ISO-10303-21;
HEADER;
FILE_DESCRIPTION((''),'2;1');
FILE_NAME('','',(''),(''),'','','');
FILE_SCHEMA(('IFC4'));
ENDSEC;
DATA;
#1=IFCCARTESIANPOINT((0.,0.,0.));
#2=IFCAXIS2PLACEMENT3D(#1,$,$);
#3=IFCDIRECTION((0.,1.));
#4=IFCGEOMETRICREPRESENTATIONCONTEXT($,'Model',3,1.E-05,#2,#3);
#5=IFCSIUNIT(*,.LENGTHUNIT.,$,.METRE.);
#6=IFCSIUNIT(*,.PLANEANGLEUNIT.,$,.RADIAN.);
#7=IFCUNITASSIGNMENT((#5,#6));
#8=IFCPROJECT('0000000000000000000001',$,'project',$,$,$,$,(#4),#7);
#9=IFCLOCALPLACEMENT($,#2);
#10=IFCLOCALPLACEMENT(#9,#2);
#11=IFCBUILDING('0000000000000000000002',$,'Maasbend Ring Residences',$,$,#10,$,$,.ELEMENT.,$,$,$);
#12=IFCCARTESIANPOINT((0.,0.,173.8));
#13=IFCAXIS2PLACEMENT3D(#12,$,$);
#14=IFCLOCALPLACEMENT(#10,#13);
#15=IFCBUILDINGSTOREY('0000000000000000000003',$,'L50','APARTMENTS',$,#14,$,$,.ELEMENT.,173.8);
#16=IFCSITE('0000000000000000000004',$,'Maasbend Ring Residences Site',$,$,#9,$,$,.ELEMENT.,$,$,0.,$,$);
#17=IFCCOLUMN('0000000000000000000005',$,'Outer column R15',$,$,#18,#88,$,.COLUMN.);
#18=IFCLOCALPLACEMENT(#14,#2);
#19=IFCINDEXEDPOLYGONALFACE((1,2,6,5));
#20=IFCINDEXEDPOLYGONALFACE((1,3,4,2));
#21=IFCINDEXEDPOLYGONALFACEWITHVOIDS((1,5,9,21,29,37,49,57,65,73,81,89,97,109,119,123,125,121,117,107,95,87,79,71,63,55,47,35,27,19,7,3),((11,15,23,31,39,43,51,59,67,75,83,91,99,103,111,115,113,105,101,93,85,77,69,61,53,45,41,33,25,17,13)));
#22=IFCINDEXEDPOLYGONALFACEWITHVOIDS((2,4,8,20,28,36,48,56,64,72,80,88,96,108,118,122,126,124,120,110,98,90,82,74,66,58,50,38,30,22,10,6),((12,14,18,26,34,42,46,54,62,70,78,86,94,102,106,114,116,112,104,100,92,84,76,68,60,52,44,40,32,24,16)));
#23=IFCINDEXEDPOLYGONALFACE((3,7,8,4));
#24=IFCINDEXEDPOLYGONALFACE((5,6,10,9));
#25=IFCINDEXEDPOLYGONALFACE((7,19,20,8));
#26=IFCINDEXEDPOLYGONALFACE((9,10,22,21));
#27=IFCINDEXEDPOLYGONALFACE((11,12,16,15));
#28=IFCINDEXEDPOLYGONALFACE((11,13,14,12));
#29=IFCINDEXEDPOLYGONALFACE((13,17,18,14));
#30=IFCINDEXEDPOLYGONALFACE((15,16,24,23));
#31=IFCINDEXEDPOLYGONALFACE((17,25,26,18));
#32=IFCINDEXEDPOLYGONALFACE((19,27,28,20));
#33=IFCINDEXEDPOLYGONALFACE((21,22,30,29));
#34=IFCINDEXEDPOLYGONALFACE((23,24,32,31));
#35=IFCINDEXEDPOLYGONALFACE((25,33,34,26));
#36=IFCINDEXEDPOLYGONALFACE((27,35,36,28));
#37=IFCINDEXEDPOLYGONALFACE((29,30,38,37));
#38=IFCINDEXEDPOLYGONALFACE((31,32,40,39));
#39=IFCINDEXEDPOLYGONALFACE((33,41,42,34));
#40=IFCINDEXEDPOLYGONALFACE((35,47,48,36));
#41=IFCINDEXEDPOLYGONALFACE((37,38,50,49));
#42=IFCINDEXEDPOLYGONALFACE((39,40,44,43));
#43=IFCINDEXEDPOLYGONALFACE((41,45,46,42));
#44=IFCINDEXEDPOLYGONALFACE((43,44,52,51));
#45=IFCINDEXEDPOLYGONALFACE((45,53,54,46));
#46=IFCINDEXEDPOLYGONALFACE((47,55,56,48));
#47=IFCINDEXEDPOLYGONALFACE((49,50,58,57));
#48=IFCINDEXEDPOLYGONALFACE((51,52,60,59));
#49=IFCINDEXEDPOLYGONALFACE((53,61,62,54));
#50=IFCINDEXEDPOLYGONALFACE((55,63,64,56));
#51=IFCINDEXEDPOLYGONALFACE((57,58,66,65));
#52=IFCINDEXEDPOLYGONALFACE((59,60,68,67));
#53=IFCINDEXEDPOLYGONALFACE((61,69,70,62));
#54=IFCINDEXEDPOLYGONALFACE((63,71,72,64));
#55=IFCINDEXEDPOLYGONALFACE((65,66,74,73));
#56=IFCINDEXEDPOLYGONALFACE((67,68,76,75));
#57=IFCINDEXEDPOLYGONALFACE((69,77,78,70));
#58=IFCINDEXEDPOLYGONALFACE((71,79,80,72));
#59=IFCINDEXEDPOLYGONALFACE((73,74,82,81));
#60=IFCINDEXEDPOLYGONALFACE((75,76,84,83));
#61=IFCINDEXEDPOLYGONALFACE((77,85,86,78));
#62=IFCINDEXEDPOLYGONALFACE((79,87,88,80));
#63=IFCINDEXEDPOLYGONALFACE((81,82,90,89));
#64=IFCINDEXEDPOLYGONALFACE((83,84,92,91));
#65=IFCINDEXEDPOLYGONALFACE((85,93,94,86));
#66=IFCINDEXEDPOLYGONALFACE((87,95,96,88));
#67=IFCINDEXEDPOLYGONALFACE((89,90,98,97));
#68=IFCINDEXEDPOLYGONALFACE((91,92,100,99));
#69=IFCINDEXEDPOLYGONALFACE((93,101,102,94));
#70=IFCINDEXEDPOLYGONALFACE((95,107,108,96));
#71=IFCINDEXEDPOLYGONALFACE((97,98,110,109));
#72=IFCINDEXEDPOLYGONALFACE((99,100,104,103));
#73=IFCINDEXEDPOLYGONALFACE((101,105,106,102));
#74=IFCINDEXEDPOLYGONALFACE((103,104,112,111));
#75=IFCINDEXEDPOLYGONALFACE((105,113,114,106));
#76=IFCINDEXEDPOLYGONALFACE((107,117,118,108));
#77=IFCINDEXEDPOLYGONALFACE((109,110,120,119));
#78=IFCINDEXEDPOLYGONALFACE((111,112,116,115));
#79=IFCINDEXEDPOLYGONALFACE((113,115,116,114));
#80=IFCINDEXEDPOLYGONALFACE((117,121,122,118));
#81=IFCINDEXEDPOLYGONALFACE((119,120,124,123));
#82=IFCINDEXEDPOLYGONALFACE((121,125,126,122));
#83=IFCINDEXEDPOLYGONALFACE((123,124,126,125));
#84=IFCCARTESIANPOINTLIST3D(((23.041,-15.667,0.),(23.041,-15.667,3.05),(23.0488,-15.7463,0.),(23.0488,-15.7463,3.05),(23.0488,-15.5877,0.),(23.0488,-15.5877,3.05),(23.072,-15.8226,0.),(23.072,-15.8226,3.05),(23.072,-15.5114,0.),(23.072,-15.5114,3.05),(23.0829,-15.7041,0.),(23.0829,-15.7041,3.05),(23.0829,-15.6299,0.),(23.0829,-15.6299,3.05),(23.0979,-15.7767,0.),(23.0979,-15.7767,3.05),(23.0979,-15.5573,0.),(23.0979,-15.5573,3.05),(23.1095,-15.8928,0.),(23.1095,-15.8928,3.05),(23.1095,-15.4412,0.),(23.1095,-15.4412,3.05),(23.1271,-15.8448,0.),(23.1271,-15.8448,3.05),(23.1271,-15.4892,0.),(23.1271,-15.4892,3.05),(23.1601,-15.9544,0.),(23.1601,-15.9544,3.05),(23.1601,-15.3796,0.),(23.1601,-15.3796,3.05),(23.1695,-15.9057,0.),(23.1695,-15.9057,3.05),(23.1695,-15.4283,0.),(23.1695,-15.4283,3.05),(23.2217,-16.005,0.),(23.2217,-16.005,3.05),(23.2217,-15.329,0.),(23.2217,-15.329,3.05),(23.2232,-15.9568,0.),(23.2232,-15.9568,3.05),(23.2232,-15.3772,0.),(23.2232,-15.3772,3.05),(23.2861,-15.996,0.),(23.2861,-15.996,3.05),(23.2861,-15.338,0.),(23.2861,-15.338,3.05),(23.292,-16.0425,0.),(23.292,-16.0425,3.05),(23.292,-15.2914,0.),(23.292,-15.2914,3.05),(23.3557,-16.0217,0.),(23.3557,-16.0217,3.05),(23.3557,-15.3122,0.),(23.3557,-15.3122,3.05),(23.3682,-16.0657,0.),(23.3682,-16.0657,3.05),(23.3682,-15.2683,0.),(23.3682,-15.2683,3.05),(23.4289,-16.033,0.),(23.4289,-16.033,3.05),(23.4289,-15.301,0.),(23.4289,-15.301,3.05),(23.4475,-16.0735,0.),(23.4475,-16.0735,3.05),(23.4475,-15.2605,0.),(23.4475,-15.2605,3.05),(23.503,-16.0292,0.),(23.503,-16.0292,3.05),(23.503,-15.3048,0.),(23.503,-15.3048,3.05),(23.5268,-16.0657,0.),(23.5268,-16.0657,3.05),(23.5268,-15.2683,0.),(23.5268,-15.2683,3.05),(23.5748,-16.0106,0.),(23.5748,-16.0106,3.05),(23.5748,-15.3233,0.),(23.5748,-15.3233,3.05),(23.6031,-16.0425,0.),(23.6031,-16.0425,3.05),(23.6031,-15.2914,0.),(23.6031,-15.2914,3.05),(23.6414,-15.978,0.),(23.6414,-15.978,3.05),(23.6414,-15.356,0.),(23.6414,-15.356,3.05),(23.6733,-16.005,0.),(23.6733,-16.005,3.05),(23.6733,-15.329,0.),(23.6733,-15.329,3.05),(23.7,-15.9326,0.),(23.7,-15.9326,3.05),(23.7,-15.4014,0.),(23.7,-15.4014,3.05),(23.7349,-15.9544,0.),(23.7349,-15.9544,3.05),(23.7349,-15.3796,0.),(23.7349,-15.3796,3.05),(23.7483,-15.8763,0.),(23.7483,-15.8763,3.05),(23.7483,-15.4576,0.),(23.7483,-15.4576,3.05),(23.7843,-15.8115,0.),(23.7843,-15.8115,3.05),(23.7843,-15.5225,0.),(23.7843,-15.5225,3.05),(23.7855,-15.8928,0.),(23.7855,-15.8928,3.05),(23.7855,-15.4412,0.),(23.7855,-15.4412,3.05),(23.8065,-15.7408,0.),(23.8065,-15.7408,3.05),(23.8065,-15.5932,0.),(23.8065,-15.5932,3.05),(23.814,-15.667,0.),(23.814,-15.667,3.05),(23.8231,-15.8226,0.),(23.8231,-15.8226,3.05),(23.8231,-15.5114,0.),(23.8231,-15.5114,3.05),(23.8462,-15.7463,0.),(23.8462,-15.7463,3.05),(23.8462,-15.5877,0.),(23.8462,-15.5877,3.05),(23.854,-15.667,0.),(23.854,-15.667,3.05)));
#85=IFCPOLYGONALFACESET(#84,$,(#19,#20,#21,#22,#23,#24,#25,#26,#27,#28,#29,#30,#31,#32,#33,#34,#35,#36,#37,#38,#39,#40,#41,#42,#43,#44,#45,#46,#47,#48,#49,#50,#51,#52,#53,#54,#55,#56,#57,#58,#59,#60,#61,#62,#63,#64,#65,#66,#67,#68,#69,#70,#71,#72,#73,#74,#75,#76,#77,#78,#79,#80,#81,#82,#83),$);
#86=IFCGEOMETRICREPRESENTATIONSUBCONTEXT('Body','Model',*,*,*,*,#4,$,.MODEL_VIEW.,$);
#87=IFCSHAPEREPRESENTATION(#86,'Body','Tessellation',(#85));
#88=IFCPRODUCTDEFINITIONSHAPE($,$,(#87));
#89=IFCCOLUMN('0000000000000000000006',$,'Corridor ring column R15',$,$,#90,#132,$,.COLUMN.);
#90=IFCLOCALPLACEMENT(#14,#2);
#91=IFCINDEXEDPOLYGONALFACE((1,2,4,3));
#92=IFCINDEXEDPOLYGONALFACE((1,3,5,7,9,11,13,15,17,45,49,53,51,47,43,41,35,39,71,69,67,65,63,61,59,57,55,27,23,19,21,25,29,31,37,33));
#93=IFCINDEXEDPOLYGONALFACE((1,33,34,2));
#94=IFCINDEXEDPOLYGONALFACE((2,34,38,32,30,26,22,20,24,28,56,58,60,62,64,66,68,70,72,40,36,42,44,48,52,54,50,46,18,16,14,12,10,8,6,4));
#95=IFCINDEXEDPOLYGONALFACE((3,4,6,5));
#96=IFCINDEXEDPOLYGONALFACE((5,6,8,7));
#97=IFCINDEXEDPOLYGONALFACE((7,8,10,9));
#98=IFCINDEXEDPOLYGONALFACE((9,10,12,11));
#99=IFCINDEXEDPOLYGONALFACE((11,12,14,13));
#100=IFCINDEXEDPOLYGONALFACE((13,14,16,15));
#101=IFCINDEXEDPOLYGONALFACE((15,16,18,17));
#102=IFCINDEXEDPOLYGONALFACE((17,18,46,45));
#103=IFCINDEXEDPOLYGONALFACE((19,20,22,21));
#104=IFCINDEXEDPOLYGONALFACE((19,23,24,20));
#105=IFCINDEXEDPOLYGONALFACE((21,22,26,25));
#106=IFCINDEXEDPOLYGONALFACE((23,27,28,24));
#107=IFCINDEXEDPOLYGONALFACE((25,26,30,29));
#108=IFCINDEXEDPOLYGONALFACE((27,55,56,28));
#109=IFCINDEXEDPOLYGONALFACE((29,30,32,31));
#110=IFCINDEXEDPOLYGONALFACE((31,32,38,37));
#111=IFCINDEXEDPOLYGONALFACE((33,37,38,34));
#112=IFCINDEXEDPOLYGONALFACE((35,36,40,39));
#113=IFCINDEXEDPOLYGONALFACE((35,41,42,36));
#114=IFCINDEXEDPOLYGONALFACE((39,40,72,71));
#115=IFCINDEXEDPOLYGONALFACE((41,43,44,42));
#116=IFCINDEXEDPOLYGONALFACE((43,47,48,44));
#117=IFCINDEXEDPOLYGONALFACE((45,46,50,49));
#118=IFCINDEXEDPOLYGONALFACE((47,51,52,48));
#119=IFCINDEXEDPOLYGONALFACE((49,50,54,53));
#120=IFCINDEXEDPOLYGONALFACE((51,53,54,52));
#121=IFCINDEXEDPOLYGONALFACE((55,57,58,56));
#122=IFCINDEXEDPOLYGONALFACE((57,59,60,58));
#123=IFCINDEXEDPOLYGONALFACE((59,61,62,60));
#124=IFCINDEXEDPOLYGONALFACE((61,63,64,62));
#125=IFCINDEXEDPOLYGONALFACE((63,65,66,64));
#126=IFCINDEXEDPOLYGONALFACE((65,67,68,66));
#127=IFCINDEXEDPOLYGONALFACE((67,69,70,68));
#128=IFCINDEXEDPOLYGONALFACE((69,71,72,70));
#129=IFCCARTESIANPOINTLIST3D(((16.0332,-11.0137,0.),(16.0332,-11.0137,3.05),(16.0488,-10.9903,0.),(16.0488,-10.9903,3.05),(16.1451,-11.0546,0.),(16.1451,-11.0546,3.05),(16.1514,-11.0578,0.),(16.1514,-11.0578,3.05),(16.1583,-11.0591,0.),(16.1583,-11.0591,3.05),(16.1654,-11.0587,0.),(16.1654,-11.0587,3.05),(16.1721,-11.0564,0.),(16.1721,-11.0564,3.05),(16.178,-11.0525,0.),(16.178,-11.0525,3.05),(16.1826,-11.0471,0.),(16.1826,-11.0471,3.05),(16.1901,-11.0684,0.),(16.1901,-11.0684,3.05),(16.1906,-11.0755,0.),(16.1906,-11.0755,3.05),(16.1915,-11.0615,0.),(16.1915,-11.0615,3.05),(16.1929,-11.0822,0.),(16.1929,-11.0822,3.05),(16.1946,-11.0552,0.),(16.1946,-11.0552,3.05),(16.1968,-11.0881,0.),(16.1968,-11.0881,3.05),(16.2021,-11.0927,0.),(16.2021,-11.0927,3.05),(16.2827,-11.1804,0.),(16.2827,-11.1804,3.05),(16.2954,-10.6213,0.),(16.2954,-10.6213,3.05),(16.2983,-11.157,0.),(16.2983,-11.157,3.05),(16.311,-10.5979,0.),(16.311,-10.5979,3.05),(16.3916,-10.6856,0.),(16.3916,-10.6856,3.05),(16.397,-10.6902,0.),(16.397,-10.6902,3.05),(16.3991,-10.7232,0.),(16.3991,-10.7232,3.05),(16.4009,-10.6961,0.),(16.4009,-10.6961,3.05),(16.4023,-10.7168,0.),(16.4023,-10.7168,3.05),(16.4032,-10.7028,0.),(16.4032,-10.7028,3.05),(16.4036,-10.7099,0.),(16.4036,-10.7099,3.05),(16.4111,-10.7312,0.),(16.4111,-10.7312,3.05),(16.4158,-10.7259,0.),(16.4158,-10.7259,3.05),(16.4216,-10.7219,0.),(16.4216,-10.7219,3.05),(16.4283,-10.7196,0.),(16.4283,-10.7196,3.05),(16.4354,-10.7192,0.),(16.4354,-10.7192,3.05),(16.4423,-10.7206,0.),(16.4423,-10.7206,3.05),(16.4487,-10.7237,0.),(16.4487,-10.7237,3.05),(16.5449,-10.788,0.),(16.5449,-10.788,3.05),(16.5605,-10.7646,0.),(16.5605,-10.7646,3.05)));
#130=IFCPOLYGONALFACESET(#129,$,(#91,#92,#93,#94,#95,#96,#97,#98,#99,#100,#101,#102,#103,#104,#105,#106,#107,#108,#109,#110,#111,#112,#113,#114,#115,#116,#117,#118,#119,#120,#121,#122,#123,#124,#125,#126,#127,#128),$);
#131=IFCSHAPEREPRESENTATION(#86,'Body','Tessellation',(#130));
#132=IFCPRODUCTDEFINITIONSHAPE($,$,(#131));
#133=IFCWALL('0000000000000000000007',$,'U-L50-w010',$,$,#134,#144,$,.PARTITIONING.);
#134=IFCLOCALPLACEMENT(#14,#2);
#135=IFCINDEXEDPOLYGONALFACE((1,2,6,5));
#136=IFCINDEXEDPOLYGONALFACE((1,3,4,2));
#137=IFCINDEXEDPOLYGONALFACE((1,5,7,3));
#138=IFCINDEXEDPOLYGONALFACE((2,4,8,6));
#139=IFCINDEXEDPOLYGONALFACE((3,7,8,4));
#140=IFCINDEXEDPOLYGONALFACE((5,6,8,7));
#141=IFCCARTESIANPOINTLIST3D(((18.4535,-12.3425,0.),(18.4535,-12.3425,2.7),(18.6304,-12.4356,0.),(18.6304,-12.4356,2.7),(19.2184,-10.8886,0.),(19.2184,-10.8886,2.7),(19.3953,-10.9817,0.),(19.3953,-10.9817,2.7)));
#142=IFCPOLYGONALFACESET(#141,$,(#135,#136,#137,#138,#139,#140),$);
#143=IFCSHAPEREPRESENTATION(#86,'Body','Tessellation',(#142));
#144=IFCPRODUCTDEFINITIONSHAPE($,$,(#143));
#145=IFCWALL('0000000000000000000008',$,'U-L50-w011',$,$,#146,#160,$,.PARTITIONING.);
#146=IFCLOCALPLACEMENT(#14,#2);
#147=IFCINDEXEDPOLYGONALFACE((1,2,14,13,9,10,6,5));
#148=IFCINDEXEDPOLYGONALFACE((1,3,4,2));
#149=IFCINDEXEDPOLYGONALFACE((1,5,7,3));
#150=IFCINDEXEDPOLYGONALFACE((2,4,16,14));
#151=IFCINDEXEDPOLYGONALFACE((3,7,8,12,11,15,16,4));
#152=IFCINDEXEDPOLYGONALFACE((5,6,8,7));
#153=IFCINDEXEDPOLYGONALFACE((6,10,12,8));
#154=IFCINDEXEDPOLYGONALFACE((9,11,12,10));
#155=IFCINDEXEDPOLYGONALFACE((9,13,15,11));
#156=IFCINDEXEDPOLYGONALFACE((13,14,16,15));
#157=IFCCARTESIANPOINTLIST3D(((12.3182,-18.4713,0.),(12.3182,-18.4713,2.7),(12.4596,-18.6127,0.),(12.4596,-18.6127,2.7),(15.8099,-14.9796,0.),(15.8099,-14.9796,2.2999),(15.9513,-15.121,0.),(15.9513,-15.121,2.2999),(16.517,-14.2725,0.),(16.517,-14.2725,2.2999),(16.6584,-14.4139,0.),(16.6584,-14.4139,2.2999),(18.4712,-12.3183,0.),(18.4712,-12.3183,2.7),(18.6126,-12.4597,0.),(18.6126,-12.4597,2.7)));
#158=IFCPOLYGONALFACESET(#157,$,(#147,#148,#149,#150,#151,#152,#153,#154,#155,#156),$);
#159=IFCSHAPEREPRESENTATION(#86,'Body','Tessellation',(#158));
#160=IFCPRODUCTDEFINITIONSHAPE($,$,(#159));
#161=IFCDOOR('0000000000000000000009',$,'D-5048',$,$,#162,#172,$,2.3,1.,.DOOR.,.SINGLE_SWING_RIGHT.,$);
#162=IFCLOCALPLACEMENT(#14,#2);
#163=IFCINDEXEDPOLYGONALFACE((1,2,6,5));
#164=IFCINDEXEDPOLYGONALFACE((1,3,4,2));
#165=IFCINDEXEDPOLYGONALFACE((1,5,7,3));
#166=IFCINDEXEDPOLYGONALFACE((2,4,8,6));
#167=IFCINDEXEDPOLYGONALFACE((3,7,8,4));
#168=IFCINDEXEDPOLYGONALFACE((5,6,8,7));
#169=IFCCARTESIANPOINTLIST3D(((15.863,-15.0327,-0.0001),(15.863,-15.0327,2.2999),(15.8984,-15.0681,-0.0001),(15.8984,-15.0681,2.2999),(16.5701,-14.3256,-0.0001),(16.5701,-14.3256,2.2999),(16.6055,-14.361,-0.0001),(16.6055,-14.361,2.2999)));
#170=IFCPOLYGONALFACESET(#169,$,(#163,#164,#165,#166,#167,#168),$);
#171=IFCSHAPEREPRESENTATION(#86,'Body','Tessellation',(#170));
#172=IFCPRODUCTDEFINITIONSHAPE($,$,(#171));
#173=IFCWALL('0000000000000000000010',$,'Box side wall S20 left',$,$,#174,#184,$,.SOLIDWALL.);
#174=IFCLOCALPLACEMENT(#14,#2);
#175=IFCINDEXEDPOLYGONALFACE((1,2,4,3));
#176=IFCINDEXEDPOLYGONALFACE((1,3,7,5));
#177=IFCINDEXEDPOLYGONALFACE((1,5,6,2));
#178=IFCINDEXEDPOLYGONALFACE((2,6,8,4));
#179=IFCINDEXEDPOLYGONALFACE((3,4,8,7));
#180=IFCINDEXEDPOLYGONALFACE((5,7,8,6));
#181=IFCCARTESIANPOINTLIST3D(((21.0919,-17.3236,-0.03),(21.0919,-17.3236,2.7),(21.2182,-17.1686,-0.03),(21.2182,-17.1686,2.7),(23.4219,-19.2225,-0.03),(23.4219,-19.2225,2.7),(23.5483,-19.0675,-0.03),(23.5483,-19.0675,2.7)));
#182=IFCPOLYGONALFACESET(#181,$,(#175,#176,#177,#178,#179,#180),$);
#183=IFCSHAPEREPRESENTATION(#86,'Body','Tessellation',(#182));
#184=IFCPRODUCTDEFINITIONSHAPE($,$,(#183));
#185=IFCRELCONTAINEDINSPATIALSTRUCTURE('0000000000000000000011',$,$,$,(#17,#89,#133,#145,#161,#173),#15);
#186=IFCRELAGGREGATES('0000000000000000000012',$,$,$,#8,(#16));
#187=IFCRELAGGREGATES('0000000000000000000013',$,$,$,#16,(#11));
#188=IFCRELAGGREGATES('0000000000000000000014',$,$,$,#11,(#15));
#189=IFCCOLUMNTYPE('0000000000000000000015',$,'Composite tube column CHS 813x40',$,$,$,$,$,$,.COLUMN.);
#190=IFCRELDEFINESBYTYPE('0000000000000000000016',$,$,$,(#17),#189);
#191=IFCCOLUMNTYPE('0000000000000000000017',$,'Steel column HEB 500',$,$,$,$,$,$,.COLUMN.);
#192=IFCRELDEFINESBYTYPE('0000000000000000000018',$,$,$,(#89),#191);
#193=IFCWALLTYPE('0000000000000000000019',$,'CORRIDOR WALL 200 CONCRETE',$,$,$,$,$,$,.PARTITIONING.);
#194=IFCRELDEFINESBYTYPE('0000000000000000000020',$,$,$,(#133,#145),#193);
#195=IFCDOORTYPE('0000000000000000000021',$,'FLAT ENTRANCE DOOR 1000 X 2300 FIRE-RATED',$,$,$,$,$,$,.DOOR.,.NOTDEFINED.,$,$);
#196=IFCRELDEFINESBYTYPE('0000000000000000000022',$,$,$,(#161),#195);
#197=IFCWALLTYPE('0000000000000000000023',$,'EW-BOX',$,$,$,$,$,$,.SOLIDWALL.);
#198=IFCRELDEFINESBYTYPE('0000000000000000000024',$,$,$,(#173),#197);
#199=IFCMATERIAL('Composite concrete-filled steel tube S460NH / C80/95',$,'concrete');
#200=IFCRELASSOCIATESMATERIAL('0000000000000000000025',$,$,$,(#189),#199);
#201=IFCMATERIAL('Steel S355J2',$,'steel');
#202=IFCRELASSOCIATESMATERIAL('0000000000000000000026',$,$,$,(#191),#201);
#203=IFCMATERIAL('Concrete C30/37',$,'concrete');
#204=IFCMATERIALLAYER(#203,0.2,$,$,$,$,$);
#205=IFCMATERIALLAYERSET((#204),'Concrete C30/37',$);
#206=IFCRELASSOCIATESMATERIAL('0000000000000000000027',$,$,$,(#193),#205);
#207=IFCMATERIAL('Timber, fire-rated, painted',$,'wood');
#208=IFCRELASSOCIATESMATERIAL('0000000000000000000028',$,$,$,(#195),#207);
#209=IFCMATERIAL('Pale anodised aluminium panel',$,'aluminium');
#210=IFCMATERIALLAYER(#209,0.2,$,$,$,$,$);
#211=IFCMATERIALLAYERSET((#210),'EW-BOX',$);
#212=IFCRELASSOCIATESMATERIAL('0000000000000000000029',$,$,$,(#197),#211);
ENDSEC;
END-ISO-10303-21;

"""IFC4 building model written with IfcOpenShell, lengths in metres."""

from ifc_helpers import new_model, si_unit, direction, frame, frame_2d, origin, origin_2d, place, context, subcontext, project, spatial, rectangle, hollow_circle, i_section, extrude, material, layer, layer_set, material_profile, profile_set, type_object, element, fill, save


model = new_model("IFC4")

# Units and contexts
model_context = context("Model", 3, precision=1e-05, world=origin(), true_north=direction((0.0, 1.0)))
body_context = subcontext(model_context, "Body", "Model", "MODEL_VIEW")
ifc_project = project(units=[si_unit("LENGTHUNIT", "METRE"), si_unit("PLANEANGLEUNIT", "RADIAN")], contexts=[model_context])

# Site, building, storey
site_placement = place(None, origin())
site = spatial("IfcSite", under=ifc_project, at=site_placement, Name="Maasbend Ring Residences Site", CompositionType="ELEMENT", RefElevation=0.0)
building_placement = place(site_placement, origin())
building = spatial("IfcBuilding", under=site, at=building_placement, Name="Maasbend Ring Residences", CompositionType="ELEMENT")
storey_placement = place(building_placement, frame((0.0, 0.0, 173.8)))
storey = spatial("IfcBuildingStorey", under=building, at=storey_placement, Name="L50", Description="APARTMENTS", CompositionType="ELEMENT", Elevation=173.8)

# Columns
ifc_material_1 = material(Name="Composite concrete-filled steel tube S460NH / C80/95", Category="concrete")
ifc_material_profile_1 = material_profile(ifc_material_1, hollow_circle(Radius=0.4065, WallThickness=0.04, at=origin_2d()), Name="Composite tube column CHS 813x40")
ifc_profile_set_1 = profile_set([ifc_material_profile_1], Name="Composite concrete-filled steel tube S460NH / C80/95")
column_type_1 = type_object("IfcColumnType", Name="Composite tube column CHS 813x40", PredefinedType="COLUMN", material=ifc_profile_set_1)
column_1_placement = place(storey_placement, frame((23.4475, -15.667, 0.0), z_axis=(0.0, 0.0, 1.0), x_axis=(1.0, 0.0, 0.0)))
element("IfcColumn", 1, at=column_1_placement, inside=storey, type_object=column_type_1, Name="Outer column R15", PredefinedType="COLUMN", context=body_context, shape_type="SweptSolid", body=[
    extrude(hollow_circle(Radius=0.4065, WallThickness=0.04, at=origin_2d()), origin(), (0.0, 0.0, 1.0), 3.05),
])
ifc_material_2 = material(Name="Steel S355J2", Category="steel")
ifc_material_profile_2 = material_profile(ifc_material_2, i_section(OverallWidth=0.3, OverallDepth=0.5, WebThickness=0.0144, FlangeThickness=0.0281, FilletRadius=0.0271, at=origin_2d()), Name="HEB 500")
ifc_profile_set_2 = profile_set([ifc_material_profile_2], Name="Steel S355J2")
column_type_2 = type_object("IfcColumnType", Name="Steel column HEB 500", PredefinedType="COLUMN", material=ifc_profile_set_2)
column_2_placement = place(storey_placement, frame((16.2969, -10.8892, 0.0), z_axis=(0.0, 0.0, 1.0), x_axis=(0.83147, -0.55557, 0.0)))
element("IfcColumn", 2, at=column_2_placement, inside=storey, type_object=column_type_2, Name="Corridor ring column R15", PredefinedType="COLUMN", context=body_context, shape_type="SweptSolid", body=[
    extrude(i_section(OverallWidth=0.3, OverallDepth=0.5, WebThickness=0.0144, FlangeThickness=0.0281, FilletRadius=0.0271, at=origin_2d()), origin(), (0.0, 0.0, 1.0), 3.05),
])

# Wall
ifc_material_3 = material(Name="Concrete C30/37", Category="concrete")
ifc_layer_1 = layer(ifc_material_3, 0.2)
ifc_layer_set_1 = layer_set([ifc_layer_1], Name="Concrete C30/37")
wall_type_1 = type_object("IfcWallType", Name="CORRIDOR WALL 200 CONCRETE", PredefinedType="PARTITIONING", material=ifc_layer_set_1)
wall_1_placement = place(storey_placement, frame((18.542, -12.3889, 0.0), z_axis=(0.0, 0.0, 1.0), x_axis=(0.465606, 0.884992, 0.0)))
element("IfcWall", 3, at=wall_1_placement, inside=storey, type_object=wall_type_1, Name="U-L50-w010", PredefinedType="PARTITIONING", context=body_context, shape_type="SweptSolid", body=[
    extrude(rectangle(XDim=1.6428, YDim=0.2, at=frame_2d((0.8213, 0.0))), origin(), (0.0, 0.0, 1.0), 2.7),
])

# Wall, opening, door
wall_2_placement = place(storey_placement, frame((12.3889, -18.542, 0.0), z_axis=(0.0, 0.0, 1.0), x_axis=(0.707107, 0.707107, 0.0)))
wall_2 = element("IfcWall", 4, at=wall_2_placement, inside=storey, type_object=wall_type_1, Name="U-L50-w011", PredefinedType="PARTITIONING", context=body_context, shape_type="SweptSolid", body=[
    extrude(rectangle(XDim=8.7017, YDim=0.2, at=frame_2d((4.3508, 0.0))), origin(), (0.0, 0.0, 1.0), 2.7),
])
opening_1_placement = place(wall_2_placement, frame((4.938, 0.0, 0.0)))
opening_1 = element("IfcOpeningElement", 5, at=opening_1_placement, cuts=wall_2, PredefinedType="OPENING", context=body_context, shape_type="SweptSolid", body=[
    extrude(rectangle(XDim=1.0, YDim=2.3, at=frame_2d((0.5, 1.1499))), frame((0.0, 0.1099, 0.0), z_axis=(0.0, -1.0, 0.0), x_axis=(1.0, 0.0, 0.0)), (0.0, 0.0, 1.0), 0.22),
])
ifc_material_4 = material(Name="Timber, fire-rated, painted", Category="wood")
door_type_1 = type_object("IfcDoorType", Name="FLAT ENTRANCE DOOR 1000 X 2300 FIRE-RATED", OperationType="NOTDEFINED", PredefinedType="DOOR", material=ifc_material_4)
door_1_placement = place(opening_1_placement, origin())
door_1 = element("IfcDoor", 6, at=door_1_placement, inside=storey, type_object=door_type_1, Name="D-5048", OperationType="SINGLE_SWING_RIGHT", OverallHeight=2.3, OverallWidth=1.0, PredefinedType="DOOR", context=body_context, shape_type="SweptSolid", body=[
    extrude(rectangle(XDim=1.0, YDim=2.3, at=frame_2d((0.5, 1.1499))), frame((0.0, 0.0249, 0.0), z_axis=(0.0, -1.0, 0.0), x_axis=(1.0, 0.0, 0.0)), (0.0, 0.0, 1.0), 0.05),
])
fill(opening_1, door_1)

# Wall
ifc_material_5 = material(Name="Pale anodised aluminium panel", Category="aluminium")
ifc_layer_2 = layer(ifc_material_5, 0.2)
ifc_layer_set_2 = layer_set([ifc_layer_2], Name="EW-BOX")
wall_type_2 = type_object("IfcWallType", Name="EW-BOX", PredefinedType="SOLIDWALL", material=ifc_layer_set_2)
wall_3_placement = place(storey_placement, frame((21.155, -17.2461, -0.03), z_axis=(0.0, 0.0, 1.0), x_axis=(0.775179, -0.631742, 0.0)))
element("IfcWall", 7, at=wall_3_placement, inside=storey, type_object=wall_type_2, Name="Box side wall S20 left", PredefinedType="SOLIDWALL", context=body_context, shape_type="SweptSolid", body=[
    extrude(rectangle(XDim=3.0059, YDim=0.2, at=frame_2d((1.5029, 0.0))), origin(), (0.0, 0.0, 1.0), 2.73),
])

save(model, "model.ifc")
